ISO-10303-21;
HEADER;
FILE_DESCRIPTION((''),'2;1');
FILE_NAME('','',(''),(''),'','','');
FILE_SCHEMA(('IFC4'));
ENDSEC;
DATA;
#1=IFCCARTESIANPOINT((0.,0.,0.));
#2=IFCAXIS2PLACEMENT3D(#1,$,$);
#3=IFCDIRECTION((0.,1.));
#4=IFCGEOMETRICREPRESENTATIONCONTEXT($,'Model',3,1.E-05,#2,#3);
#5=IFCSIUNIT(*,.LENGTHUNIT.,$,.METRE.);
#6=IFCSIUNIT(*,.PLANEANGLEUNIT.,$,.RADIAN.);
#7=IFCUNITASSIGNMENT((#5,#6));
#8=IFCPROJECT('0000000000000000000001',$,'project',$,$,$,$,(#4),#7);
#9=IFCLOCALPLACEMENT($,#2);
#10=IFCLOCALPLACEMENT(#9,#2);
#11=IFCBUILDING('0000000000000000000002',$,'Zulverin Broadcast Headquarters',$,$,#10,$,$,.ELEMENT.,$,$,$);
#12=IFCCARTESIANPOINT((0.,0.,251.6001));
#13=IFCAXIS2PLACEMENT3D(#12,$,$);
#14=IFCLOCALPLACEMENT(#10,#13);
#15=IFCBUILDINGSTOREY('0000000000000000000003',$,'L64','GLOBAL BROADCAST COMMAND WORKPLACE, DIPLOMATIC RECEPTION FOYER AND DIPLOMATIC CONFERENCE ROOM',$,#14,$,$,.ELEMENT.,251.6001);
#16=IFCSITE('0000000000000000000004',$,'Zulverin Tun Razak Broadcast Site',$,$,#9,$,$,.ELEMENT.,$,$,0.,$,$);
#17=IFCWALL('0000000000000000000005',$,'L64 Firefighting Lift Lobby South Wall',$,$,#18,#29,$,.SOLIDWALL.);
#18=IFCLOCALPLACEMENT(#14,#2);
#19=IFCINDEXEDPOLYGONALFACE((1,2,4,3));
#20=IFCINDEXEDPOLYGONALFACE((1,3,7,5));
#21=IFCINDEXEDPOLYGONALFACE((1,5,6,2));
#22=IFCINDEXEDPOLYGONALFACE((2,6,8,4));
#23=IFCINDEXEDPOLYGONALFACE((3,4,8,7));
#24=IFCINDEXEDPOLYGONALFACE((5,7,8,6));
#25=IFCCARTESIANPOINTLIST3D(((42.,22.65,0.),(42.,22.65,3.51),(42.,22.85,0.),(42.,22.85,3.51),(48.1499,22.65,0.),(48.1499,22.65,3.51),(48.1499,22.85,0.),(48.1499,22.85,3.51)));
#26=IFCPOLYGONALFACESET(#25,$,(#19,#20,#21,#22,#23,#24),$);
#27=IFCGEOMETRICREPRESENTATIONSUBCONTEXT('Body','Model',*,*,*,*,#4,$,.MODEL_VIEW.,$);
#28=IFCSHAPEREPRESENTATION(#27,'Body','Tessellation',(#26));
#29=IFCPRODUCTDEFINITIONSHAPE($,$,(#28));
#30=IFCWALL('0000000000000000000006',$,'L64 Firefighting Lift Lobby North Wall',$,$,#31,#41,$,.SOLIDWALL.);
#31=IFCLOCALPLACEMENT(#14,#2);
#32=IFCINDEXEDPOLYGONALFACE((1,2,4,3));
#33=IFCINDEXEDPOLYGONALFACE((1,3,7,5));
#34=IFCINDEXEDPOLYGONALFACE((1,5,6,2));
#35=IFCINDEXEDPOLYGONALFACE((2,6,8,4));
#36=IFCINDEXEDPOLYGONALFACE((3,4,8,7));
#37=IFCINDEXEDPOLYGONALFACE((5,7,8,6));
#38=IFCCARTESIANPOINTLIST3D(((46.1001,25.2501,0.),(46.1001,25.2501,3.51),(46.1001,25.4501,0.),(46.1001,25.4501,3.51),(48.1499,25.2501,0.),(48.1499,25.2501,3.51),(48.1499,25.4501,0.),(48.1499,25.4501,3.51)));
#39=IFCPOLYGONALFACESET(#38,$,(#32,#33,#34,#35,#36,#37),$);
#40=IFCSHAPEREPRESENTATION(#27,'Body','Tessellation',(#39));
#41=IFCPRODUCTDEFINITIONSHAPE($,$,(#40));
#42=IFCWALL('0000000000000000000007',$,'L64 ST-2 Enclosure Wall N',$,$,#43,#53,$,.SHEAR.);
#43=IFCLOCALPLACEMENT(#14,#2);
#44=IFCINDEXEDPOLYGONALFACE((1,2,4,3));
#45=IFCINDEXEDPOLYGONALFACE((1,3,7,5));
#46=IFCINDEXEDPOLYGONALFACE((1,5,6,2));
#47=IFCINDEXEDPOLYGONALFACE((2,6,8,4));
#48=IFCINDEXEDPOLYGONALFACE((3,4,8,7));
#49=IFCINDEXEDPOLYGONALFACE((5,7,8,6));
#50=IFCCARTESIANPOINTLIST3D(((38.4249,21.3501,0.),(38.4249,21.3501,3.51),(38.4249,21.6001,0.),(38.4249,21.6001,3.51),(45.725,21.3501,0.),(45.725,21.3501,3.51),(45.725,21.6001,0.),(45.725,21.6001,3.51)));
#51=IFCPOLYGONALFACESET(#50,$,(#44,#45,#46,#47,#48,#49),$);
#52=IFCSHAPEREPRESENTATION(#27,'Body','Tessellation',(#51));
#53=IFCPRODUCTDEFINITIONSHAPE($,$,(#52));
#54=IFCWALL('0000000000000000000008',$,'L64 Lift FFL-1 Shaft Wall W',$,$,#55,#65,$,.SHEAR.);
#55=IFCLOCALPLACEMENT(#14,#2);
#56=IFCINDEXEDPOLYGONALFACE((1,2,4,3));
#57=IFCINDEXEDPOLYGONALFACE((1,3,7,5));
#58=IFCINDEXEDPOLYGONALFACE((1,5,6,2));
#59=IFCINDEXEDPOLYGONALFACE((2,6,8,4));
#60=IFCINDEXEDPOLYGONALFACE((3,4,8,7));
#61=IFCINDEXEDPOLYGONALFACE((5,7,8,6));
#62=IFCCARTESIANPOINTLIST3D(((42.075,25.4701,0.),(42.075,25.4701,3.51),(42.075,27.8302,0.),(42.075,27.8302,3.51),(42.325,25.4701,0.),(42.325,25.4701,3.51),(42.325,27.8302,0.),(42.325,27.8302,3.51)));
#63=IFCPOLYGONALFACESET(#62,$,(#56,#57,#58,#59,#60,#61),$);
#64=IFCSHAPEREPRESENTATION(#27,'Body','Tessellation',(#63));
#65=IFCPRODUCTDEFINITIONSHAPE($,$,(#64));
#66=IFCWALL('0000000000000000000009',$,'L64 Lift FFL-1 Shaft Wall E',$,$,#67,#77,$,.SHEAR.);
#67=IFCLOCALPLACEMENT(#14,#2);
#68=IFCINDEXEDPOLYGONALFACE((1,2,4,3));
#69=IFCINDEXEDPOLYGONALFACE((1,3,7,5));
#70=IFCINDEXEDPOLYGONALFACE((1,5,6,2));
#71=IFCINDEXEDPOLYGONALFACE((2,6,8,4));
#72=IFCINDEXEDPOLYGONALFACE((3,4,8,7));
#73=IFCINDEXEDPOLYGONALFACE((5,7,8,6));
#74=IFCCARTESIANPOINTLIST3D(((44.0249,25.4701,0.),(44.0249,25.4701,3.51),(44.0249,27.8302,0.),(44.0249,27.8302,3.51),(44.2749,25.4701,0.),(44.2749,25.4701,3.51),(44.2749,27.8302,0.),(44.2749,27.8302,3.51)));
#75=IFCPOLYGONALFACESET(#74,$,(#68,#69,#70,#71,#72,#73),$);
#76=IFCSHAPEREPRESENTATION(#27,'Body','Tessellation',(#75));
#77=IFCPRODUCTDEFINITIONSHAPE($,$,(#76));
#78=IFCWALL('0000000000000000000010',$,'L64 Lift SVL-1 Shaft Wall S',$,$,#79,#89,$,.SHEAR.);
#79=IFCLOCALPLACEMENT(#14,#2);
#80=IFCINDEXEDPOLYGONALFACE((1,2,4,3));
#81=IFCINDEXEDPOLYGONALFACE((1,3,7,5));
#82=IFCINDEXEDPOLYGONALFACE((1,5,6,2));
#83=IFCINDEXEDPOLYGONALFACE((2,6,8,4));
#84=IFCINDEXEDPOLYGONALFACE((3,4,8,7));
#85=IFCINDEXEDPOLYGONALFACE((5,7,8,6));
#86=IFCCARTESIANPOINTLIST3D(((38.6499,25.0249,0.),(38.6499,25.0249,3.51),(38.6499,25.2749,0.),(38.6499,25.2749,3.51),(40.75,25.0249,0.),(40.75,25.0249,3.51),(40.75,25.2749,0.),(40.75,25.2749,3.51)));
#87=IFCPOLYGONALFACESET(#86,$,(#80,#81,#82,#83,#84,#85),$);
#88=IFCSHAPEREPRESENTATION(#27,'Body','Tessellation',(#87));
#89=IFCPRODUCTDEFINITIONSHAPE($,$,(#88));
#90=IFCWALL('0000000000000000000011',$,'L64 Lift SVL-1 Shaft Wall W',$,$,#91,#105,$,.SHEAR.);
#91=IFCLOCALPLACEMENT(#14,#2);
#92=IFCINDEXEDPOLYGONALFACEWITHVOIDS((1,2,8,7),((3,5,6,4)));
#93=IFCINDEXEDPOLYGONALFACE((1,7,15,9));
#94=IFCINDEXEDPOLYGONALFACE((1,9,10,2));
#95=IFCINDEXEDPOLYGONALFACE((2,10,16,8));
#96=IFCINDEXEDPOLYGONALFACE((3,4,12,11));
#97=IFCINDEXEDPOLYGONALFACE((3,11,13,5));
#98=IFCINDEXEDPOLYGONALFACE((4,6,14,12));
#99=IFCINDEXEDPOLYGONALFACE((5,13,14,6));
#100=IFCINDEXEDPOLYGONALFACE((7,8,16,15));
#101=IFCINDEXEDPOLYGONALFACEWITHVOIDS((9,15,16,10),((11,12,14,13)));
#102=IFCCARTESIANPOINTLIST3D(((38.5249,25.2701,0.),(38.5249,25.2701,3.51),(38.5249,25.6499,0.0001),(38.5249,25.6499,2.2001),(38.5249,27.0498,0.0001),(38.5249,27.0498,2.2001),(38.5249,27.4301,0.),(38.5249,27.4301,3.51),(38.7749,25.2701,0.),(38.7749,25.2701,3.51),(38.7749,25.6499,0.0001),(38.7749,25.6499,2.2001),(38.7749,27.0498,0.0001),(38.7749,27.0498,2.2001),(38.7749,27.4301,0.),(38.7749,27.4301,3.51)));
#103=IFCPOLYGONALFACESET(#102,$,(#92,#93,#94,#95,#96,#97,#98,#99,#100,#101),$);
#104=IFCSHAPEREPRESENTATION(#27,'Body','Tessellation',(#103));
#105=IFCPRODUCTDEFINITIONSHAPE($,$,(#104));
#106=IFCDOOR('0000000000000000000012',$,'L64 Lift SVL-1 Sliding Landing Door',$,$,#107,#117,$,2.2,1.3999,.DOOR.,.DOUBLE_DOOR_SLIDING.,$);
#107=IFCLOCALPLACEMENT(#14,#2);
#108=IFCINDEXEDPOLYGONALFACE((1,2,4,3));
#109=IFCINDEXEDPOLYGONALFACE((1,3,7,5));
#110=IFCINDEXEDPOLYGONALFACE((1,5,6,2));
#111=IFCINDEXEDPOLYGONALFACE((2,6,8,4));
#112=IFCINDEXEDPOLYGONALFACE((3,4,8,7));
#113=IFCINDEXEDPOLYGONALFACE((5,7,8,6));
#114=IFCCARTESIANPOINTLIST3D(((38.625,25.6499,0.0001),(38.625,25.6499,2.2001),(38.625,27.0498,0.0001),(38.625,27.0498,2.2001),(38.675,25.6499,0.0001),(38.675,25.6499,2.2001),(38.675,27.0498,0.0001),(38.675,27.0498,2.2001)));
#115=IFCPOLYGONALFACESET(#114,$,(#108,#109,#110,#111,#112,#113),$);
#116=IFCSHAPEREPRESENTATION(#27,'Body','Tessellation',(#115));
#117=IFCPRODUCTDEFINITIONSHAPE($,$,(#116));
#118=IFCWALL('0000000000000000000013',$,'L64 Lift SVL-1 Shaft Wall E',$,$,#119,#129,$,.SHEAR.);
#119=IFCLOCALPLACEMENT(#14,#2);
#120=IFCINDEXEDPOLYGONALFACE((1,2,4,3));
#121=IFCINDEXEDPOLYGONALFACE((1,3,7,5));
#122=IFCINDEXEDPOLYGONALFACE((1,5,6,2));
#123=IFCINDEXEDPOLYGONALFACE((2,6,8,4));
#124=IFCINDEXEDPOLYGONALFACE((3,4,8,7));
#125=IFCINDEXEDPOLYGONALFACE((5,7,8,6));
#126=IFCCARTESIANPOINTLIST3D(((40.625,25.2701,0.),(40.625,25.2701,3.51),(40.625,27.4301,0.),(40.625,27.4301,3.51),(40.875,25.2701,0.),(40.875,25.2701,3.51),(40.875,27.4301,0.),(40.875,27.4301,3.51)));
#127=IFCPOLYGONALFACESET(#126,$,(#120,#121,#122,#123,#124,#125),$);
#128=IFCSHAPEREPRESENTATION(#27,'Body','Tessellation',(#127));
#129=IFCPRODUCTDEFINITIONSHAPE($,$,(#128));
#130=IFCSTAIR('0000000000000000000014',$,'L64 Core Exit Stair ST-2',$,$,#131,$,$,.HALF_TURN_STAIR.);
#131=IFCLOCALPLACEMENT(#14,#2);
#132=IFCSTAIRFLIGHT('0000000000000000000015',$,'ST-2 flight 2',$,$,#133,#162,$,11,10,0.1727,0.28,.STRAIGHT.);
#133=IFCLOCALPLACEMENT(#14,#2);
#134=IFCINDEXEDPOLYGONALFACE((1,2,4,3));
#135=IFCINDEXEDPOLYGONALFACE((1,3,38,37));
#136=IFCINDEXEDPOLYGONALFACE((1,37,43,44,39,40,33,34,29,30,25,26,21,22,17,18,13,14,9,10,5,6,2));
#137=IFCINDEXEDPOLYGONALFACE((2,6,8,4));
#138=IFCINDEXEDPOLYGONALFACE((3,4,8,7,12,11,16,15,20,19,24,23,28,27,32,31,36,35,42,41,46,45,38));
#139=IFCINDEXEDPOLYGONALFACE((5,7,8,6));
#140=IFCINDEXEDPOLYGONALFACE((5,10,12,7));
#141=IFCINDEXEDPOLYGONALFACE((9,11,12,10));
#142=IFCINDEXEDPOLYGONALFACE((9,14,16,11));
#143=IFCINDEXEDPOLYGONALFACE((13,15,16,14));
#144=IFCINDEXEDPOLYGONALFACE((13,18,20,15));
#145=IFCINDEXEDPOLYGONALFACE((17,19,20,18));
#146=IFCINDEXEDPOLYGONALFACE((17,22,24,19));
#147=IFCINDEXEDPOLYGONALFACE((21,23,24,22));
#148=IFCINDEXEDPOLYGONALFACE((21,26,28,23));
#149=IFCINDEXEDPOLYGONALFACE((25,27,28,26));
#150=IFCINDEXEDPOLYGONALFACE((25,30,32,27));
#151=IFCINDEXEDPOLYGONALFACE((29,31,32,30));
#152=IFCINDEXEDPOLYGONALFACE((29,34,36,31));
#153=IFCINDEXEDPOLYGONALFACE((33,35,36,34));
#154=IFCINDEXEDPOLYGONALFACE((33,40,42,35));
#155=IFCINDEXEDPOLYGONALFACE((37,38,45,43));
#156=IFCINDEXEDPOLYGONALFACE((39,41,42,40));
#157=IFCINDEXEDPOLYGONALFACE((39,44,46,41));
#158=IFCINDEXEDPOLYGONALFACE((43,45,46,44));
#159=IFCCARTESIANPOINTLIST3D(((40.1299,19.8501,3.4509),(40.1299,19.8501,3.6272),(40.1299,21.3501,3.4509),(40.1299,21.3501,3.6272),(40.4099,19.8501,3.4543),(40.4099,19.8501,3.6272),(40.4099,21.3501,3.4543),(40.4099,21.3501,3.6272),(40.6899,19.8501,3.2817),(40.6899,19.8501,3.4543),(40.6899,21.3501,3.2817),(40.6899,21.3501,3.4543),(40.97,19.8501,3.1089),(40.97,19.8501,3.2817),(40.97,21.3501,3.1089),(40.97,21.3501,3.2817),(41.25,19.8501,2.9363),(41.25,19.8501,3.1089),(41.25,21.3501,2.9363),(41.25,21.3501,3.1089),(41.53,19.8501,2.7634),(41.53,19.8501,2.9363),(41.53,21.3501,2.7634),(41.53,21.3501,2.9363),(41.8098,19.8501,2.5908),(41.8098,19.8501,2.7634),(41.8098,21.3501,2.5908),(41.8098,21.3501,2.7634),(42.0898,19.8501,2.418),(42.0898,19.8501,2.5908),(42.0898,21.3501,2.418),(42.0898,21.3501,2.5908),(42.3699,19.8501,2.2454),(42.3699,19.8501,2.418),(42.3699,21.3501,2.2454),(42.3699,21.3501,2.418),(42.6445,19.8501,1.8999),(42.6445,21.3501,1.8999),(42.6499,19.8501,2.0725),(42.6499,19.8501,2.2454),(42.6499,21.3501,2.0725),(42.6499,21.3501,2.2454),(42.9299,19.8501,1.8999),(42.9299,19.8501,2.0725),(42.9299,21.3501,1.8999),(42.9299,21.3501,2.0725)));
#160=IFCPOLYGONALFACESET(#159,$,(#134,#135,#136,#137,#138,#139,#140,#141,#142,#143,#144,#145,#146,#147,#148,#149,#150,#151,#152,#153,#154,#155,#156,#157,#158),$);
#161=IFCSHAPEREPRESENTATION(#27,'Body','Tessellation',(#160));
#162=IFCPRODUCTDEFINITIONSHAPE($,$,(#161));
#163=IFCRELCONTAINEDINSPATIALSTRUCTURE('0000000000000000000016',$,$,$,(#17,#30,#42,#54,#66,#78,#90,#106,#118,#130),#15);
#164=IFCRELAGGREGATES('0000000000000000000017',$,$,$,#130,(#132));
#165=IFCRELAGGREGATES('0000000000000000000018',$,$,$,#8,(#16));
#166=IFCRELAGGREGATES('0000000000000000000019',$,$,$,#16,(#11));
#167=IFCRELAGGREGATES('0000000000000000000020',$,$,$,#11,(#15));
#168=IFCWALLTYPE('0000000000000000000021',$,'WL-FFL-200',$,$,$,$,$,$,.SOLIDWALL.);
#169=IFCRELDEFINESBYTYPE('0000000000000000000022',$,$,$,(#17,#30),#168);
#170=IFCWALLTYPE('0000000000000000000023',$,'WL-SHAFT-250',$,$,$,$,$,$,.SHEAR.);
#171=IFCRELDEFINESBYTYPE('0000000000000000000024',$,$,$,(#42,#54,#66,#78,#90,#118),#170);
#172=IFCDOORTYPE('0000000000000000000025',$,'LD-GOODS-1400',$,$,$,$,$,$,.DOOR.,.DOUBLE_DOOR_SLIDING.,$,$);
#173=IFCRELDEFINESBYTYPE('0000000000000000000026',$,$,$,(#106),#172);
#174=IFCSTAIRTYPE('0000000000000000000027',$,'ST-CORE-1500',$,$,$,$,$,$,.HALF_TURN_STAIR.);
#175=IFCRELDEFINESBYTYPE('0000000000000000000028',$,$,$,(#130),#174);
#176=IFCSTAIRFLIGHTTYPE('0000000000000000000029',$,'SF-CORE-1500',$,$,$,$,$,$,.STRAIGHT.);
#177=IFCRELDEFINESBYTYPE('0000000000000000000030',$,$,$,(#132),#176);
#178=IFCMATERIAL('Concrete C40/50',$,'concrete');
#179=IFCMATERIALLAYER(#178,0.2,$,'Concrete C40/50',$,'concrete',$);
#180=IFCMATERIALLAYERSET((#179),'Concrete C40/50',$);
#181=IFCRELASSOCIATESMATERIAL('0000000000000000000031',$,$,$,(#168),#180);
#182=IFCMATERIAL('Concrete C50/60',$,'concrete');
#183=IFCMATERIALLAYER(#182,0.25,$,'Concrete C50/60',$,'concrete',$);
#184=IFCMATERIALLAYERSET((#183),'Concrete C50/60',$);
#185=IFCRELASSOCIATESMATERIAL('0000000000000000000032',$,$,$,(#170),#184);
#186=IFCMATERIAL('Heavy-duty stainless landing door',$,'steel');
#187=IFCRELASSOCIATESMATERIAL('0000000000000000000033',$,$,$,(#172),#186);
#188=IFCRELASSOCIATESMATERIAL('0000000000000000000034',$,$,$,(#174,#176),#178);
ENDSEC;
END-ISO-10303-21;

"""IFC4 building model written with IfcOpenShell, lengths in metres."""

from ifc_helpers import new_model, si_unit, direction, frame, frame_2d, origin, place, context, subcontext, project, spatial, polyline, rectangle, outline, extrude, material, layer, layer_set, type_object, element, fill, aggregate, save


model = new_model("IFC4")

# Units and contexts
model_context = context("Model", 3, precision=1e-05, world=origin(), true_north=direction((0.0, 1.0)))
body_context = subcontext(model_context, "Body", "Model", "MODEL_VIEW")
ifc_project = project(units=[si_unit("LENGTHUNIT", "METRE"), si_unit("PLANEANGLEUNIT", "RADIAN")], contexts=[model_context])

# Site, building, storey
site_placement = place(None, origin())
site = spatial("IfcSite", under=ifc_project, at=site_placement, Name="Zulverin Tun Razak Broadcast Site", CompositionType="ELEMENT", RefElevation=0.0)
building_placement = place(site_placement, origin())
building = spatial("IfcBuilding", under=site, at=building_placement, Name="Zulverin Broadcast Headquarters", CompositionType="ELEMENT")
storey_placement = place(building_placement, frame((0.0, 0.0, 251.6001)))
storey = spatial("IfcBuildingStorey", under=building, at=storey_placement, Name="L64", Description="GLOBAL BROADCAST COMMAND WORKPLACE, DIPLOMATIC RECEPTION FOYER AND DIPLOMATIC CONFERENCE ROOM", CompositionType="ELEMENT", Elevation=251.6001)

# Shared definitions
ifc_material_1 = material(Name="Concrete C40/50", Category="concrete")
ifc_layer_1 = layer(ifc_material_1, 0.2, Name="Concrete C40/50", Category="concrete")
ifc_layer_set_1 = layer_set([ifc_layer_1], Name="Concrete C40/50")
wall_type_1 = type_object("IfcWallType", Name="WL-FFL-200", PredefinedType="SOLIDWALL", material=ifc_layer_set_1)

# Walls
wall_1_placement = place(storey_placement, frame((42.0, 22.75, 0.0), z_axis=(0.0, 0.0, 1.0), x_axis=(1.0, 0.0, 0.0)))
element("IfcWall", 1, at=wall_1_placement, inside=storey, type_object=wall_type_1, Name="L64 Firefighting Lift Lobby South Wall", PredefinedType="SOLIDWALL", context=body_context, shape_type="SweptSolid", body=[
    extrude(rectangle(XDim=6.1499, YDim=0.2, at=frame_2d((3.075, 0.0))), origin(), (0.0, 0.0, 1.0), 3.51),
])
wall_2_placement = place(storey_placement, frame((46.1001, 25.3501, 0.0), z_axis=(0.0, 0.0, 1.0), x_axis=(1.0, 0.0, 0.0)))
element("IfcWall", 2, at=wall_2_placement, inside=storey, type_object=wall_type_1, Name="L64 Firefighting Lift Lobby North Wall", PredefinedType="SOLIDWALL", context=body_context, shape_type="SweptSolid", body=[
    extrude(rectangle(XDim=2.0498, YDim=0.2, at=frame_2d((1.0249, 0.0))), origin(), (0.0, 0.0, 1.0), 3.51),
])
ifc_material_2 = material(Name="Concrete C50/60", Category="concrete")
ifc_layer_2 = layer(ifc_material_2, 0.25, Name="Concrete C50/60", Category="concrete")
ifc_layer_set_2 = layer_set([ifc_layer_2], Name="Concrete C50/60")
wall_type_2 = type_object("IfcWallType", Name="WL-SHAFT-250", PredefinedType="SHEAR", material=ifc_layer_set_2)
wall_3_placement = place(storey_placement, frame((38.425, 21.4751, 0.0), z_axis=(0.0, 0.0, 1.0), x_axis=(1.0, 0.0, 0.0)))
element("IfcWall", 3, at=wall_3_placement, inside=storey, type_object=wall_type_2, Name="L64 ST-2 Enclosure Wall N", PredefinedType="SHEAR", context=body_context, shape_type="SweptSolid", body=[
    extrude(rectangle(XDim=7.3, YDim=0.25, at=frame_2d((3.6499, 0.0))), origin(), (0.0, 0.0, 1.0), 3.51),
])

# Walls
for number, where, z_axis, x_axis, name in (
    (4, (42.2, 25.47, 0.0), (0.0, 0.0, 1.0), (0.0, 1.0, 0.0), "L64 Lift FFL-1 Shaft Wall W"),
    (5, (44.1499, 25.47, 0.0), (0.0, 0.0, 1.0), (0.0, 1.0, 0.0), "L64 Lift FFL-1 Shaft Wall E"),
):
    element("IfcWall", number, at=place(storey_placement, frame(where, z_axis=z_axis, x_axis=x_axis)), inside=storey, type_object=wall_type_2, Name=name, PredefinedType="SHEAR", context=body_context, shape_type="SweptSolid", body=[
        extrude(rectangle(XDim=2.3601, YDim=0.25, at=frame_2d((1.1802, 0.0))), origin(), (0.0, 0.0, 1.0), 3.51),
    ])

# Wall
wall_4_placement = place(storey_placement, frame((38.6499, 25.1499, 0.0), z_axis=(0.0, 0.0, 1.0), x_axis=(1.0, 0.0, 0.0)))
element("IfcWall", 6, at=wall_4_placement, inside=storey, type_object=wall_type_2, Name="L64 Lift SVL-1 Shaft Wall S", PredefinedType="SHEAR", context=body_context, shape_type="SweptSolid", body=[
    extrude(rectangle(XDim=2.1001, YDim=0.25, at=frame_2d((1.05, 0.0))), origin(), (0.0, 0.0, 1.0), 3.51),
])

# Wall, opening, door
wall_5_placement = place(storey_placement, frame((38.6499, 25.27, 0.0), z_axis=(0.0, 0.0, 1.0), x_axis=(0.0, 1.0, 0.0)))
wall_5 = element("IfcWall", 7, at=wall_5_placement, inside=storey, type_object=wall_type_2, Name="L64 Lift SVL-1 Shaft Wall W", PredefinedType="SHEAR", context=body_context, shape_type="SweptSolid", body=[
    extrude(rectangle(XDim=2.1599, YDim=0.25, at=frame_2d((1.0801, 0.0))), origin(), (0.0, 0.0, 1.0), 3.51),
])
opening_1_placement = place(wall_5_placement, frame((0.3799, 0.0, 0.0)))
opening_1 = element("IfcOpeningElement", 8, at=opening_1_placement, cuts=wall_5, PredefinedType="OPENING", context=body_context, shape_type="SweptSolid", body=[
    extrude(rectangle(XDim=1.3999, YDim=2.2, at=frame_2d((0.7, 1.1001))), frame((0.0, 0.135, 0.0), z_axis=(0.0, -1.0, 0.0), x_axis=(1.0, 0.0, 0.0)), (0.0, 0.0, 1.0), 0.27),
])
ifc_material_3 = material(Name="Heavy-duty stainless landing door", Category="steel")
door_type_1 = type_object("IfcDoorType", Name="LD-GOODS-1400", OperationType="DOUBLE_DOOR_SLIDING", PredefinedType="DOOR", material=ifc_material_3)
door_1_placement = place(opening_1_placement, origin())
door_1 = element("IfcDoor", 9, at=door_1_placement, inside=storey, type_object=door_type_1, Name="L64 Lift SVL-1 Sliding Landing Door", OperationType="DOUBLE_DOOR_SLIDING", OverallHeight=2.2, OverallWidth=1.3999, PredefinedType="DOOR", context=body_context, shape_type="SweptSolid", body=[
    extrude(rectangle(XDim=1.3999, YDim=2.2, at=frame_2d((0.7, 1.1001))), frame((0.0, 0.0249, 0.0), z_axis=(0.0, -1.0, 0.0), x_axis=(1.0, 0.0, 0.0)), (0.0, 0.0, 1.0), 0.05),
])
fill(opening_1, door_1)

# Wall
wall_6_placement = place(storey_placement, frame((40.75, 25.27, 0.0), z_axis=(0.0, 0.0, 1.0), x_axis=(0.0, 1.0, 0.0)))
element("IfcWall", 10, at=wall_6_placement, inside=storey, type_object=wall_type_2, Name="L64 Lift SVL-1 Shaft Wall E", PredefinedType="SHEAR", context=body_context, shape_type="SweptSolid", body=[
    extrude(rectangle(XDim=2.1599, YDim=0.25, at=frame_2d((1.0801, 0.0))), origin(), (0.0, 0.0, 1.0), 3.51),
])

# Stair, stair flight
stair_type = type_object("IfcStairType", Name="ST-CORE-1500", PredefinedType="HALF_TURN_STAIR", material=ifc_material_1)
stair_placement = place(storey_placement, origin())
stair = element("IfcStair", 11, at=stair_placement, inside=storey, type_object=stair_type, Name="L64 Core Exit Stair ST-2", PredefinedType="HALF_TURN_STAIR")
stair_flight_type = type_object("IfcStairFlightType", Name="SF-CORE-1500", PredefinedType="STRAIGHT", material=ifc_material_1)
stair_flight_placement = place(storey_placement, frame((42.9299, 20.6001, 1.8999), z_axis=(0.0, 0.0, 1.0), x_axis=(-1.0, 0.0, 0.0)))
stair_flight = element("IfcStairFlight", 12, at=stair_flight_placement, type_object=stair_flight_type, Name="ST-2 flight 2", NumberOfRisers=11, NumberOfTreads=10, PredefinedType="STRAIGHT", RiserHeight=0.1727, TreadLength=0.28, context=body_context, shape_type="SweptSolid", body=[
    extrude(outline(polyline([(0.0, 0.0), (0.0, 0.1726), (0.28, 0.1726), (0.28, 0.3455), (0.5601, 0.3455), (0.5601, 0.5181), (0.8401, 0.5181), (0.8401, 0.6909), (1.1201, 0.6909), (1.1201, 0.8635), (1.3999, 0.8635), (1.3999, 1.0364), (1.6799, 1.0364), (1.6799, 1.209), (1.96, 1.209), (1.96, 1.3818), (2.24, 1.3818), (2.24, 1.5544), (2.52, 1.5544), (2.52, 1.7273), (2.8, 1.7273), (2.8, 1.8999), (2.8, 1.551), (0.2854, 0.0), (0.0, 0.0)])), frame((0.0, 0.75, 0.0), z_axis=(0.0, -1.0, 0.0), x_axis=(1.0, 0.0, 0.0)), (0.0, 0.0, 1.0), 1.5),
])
aggregate(stair, [stair_flight])

save(model, "model.ifc")
